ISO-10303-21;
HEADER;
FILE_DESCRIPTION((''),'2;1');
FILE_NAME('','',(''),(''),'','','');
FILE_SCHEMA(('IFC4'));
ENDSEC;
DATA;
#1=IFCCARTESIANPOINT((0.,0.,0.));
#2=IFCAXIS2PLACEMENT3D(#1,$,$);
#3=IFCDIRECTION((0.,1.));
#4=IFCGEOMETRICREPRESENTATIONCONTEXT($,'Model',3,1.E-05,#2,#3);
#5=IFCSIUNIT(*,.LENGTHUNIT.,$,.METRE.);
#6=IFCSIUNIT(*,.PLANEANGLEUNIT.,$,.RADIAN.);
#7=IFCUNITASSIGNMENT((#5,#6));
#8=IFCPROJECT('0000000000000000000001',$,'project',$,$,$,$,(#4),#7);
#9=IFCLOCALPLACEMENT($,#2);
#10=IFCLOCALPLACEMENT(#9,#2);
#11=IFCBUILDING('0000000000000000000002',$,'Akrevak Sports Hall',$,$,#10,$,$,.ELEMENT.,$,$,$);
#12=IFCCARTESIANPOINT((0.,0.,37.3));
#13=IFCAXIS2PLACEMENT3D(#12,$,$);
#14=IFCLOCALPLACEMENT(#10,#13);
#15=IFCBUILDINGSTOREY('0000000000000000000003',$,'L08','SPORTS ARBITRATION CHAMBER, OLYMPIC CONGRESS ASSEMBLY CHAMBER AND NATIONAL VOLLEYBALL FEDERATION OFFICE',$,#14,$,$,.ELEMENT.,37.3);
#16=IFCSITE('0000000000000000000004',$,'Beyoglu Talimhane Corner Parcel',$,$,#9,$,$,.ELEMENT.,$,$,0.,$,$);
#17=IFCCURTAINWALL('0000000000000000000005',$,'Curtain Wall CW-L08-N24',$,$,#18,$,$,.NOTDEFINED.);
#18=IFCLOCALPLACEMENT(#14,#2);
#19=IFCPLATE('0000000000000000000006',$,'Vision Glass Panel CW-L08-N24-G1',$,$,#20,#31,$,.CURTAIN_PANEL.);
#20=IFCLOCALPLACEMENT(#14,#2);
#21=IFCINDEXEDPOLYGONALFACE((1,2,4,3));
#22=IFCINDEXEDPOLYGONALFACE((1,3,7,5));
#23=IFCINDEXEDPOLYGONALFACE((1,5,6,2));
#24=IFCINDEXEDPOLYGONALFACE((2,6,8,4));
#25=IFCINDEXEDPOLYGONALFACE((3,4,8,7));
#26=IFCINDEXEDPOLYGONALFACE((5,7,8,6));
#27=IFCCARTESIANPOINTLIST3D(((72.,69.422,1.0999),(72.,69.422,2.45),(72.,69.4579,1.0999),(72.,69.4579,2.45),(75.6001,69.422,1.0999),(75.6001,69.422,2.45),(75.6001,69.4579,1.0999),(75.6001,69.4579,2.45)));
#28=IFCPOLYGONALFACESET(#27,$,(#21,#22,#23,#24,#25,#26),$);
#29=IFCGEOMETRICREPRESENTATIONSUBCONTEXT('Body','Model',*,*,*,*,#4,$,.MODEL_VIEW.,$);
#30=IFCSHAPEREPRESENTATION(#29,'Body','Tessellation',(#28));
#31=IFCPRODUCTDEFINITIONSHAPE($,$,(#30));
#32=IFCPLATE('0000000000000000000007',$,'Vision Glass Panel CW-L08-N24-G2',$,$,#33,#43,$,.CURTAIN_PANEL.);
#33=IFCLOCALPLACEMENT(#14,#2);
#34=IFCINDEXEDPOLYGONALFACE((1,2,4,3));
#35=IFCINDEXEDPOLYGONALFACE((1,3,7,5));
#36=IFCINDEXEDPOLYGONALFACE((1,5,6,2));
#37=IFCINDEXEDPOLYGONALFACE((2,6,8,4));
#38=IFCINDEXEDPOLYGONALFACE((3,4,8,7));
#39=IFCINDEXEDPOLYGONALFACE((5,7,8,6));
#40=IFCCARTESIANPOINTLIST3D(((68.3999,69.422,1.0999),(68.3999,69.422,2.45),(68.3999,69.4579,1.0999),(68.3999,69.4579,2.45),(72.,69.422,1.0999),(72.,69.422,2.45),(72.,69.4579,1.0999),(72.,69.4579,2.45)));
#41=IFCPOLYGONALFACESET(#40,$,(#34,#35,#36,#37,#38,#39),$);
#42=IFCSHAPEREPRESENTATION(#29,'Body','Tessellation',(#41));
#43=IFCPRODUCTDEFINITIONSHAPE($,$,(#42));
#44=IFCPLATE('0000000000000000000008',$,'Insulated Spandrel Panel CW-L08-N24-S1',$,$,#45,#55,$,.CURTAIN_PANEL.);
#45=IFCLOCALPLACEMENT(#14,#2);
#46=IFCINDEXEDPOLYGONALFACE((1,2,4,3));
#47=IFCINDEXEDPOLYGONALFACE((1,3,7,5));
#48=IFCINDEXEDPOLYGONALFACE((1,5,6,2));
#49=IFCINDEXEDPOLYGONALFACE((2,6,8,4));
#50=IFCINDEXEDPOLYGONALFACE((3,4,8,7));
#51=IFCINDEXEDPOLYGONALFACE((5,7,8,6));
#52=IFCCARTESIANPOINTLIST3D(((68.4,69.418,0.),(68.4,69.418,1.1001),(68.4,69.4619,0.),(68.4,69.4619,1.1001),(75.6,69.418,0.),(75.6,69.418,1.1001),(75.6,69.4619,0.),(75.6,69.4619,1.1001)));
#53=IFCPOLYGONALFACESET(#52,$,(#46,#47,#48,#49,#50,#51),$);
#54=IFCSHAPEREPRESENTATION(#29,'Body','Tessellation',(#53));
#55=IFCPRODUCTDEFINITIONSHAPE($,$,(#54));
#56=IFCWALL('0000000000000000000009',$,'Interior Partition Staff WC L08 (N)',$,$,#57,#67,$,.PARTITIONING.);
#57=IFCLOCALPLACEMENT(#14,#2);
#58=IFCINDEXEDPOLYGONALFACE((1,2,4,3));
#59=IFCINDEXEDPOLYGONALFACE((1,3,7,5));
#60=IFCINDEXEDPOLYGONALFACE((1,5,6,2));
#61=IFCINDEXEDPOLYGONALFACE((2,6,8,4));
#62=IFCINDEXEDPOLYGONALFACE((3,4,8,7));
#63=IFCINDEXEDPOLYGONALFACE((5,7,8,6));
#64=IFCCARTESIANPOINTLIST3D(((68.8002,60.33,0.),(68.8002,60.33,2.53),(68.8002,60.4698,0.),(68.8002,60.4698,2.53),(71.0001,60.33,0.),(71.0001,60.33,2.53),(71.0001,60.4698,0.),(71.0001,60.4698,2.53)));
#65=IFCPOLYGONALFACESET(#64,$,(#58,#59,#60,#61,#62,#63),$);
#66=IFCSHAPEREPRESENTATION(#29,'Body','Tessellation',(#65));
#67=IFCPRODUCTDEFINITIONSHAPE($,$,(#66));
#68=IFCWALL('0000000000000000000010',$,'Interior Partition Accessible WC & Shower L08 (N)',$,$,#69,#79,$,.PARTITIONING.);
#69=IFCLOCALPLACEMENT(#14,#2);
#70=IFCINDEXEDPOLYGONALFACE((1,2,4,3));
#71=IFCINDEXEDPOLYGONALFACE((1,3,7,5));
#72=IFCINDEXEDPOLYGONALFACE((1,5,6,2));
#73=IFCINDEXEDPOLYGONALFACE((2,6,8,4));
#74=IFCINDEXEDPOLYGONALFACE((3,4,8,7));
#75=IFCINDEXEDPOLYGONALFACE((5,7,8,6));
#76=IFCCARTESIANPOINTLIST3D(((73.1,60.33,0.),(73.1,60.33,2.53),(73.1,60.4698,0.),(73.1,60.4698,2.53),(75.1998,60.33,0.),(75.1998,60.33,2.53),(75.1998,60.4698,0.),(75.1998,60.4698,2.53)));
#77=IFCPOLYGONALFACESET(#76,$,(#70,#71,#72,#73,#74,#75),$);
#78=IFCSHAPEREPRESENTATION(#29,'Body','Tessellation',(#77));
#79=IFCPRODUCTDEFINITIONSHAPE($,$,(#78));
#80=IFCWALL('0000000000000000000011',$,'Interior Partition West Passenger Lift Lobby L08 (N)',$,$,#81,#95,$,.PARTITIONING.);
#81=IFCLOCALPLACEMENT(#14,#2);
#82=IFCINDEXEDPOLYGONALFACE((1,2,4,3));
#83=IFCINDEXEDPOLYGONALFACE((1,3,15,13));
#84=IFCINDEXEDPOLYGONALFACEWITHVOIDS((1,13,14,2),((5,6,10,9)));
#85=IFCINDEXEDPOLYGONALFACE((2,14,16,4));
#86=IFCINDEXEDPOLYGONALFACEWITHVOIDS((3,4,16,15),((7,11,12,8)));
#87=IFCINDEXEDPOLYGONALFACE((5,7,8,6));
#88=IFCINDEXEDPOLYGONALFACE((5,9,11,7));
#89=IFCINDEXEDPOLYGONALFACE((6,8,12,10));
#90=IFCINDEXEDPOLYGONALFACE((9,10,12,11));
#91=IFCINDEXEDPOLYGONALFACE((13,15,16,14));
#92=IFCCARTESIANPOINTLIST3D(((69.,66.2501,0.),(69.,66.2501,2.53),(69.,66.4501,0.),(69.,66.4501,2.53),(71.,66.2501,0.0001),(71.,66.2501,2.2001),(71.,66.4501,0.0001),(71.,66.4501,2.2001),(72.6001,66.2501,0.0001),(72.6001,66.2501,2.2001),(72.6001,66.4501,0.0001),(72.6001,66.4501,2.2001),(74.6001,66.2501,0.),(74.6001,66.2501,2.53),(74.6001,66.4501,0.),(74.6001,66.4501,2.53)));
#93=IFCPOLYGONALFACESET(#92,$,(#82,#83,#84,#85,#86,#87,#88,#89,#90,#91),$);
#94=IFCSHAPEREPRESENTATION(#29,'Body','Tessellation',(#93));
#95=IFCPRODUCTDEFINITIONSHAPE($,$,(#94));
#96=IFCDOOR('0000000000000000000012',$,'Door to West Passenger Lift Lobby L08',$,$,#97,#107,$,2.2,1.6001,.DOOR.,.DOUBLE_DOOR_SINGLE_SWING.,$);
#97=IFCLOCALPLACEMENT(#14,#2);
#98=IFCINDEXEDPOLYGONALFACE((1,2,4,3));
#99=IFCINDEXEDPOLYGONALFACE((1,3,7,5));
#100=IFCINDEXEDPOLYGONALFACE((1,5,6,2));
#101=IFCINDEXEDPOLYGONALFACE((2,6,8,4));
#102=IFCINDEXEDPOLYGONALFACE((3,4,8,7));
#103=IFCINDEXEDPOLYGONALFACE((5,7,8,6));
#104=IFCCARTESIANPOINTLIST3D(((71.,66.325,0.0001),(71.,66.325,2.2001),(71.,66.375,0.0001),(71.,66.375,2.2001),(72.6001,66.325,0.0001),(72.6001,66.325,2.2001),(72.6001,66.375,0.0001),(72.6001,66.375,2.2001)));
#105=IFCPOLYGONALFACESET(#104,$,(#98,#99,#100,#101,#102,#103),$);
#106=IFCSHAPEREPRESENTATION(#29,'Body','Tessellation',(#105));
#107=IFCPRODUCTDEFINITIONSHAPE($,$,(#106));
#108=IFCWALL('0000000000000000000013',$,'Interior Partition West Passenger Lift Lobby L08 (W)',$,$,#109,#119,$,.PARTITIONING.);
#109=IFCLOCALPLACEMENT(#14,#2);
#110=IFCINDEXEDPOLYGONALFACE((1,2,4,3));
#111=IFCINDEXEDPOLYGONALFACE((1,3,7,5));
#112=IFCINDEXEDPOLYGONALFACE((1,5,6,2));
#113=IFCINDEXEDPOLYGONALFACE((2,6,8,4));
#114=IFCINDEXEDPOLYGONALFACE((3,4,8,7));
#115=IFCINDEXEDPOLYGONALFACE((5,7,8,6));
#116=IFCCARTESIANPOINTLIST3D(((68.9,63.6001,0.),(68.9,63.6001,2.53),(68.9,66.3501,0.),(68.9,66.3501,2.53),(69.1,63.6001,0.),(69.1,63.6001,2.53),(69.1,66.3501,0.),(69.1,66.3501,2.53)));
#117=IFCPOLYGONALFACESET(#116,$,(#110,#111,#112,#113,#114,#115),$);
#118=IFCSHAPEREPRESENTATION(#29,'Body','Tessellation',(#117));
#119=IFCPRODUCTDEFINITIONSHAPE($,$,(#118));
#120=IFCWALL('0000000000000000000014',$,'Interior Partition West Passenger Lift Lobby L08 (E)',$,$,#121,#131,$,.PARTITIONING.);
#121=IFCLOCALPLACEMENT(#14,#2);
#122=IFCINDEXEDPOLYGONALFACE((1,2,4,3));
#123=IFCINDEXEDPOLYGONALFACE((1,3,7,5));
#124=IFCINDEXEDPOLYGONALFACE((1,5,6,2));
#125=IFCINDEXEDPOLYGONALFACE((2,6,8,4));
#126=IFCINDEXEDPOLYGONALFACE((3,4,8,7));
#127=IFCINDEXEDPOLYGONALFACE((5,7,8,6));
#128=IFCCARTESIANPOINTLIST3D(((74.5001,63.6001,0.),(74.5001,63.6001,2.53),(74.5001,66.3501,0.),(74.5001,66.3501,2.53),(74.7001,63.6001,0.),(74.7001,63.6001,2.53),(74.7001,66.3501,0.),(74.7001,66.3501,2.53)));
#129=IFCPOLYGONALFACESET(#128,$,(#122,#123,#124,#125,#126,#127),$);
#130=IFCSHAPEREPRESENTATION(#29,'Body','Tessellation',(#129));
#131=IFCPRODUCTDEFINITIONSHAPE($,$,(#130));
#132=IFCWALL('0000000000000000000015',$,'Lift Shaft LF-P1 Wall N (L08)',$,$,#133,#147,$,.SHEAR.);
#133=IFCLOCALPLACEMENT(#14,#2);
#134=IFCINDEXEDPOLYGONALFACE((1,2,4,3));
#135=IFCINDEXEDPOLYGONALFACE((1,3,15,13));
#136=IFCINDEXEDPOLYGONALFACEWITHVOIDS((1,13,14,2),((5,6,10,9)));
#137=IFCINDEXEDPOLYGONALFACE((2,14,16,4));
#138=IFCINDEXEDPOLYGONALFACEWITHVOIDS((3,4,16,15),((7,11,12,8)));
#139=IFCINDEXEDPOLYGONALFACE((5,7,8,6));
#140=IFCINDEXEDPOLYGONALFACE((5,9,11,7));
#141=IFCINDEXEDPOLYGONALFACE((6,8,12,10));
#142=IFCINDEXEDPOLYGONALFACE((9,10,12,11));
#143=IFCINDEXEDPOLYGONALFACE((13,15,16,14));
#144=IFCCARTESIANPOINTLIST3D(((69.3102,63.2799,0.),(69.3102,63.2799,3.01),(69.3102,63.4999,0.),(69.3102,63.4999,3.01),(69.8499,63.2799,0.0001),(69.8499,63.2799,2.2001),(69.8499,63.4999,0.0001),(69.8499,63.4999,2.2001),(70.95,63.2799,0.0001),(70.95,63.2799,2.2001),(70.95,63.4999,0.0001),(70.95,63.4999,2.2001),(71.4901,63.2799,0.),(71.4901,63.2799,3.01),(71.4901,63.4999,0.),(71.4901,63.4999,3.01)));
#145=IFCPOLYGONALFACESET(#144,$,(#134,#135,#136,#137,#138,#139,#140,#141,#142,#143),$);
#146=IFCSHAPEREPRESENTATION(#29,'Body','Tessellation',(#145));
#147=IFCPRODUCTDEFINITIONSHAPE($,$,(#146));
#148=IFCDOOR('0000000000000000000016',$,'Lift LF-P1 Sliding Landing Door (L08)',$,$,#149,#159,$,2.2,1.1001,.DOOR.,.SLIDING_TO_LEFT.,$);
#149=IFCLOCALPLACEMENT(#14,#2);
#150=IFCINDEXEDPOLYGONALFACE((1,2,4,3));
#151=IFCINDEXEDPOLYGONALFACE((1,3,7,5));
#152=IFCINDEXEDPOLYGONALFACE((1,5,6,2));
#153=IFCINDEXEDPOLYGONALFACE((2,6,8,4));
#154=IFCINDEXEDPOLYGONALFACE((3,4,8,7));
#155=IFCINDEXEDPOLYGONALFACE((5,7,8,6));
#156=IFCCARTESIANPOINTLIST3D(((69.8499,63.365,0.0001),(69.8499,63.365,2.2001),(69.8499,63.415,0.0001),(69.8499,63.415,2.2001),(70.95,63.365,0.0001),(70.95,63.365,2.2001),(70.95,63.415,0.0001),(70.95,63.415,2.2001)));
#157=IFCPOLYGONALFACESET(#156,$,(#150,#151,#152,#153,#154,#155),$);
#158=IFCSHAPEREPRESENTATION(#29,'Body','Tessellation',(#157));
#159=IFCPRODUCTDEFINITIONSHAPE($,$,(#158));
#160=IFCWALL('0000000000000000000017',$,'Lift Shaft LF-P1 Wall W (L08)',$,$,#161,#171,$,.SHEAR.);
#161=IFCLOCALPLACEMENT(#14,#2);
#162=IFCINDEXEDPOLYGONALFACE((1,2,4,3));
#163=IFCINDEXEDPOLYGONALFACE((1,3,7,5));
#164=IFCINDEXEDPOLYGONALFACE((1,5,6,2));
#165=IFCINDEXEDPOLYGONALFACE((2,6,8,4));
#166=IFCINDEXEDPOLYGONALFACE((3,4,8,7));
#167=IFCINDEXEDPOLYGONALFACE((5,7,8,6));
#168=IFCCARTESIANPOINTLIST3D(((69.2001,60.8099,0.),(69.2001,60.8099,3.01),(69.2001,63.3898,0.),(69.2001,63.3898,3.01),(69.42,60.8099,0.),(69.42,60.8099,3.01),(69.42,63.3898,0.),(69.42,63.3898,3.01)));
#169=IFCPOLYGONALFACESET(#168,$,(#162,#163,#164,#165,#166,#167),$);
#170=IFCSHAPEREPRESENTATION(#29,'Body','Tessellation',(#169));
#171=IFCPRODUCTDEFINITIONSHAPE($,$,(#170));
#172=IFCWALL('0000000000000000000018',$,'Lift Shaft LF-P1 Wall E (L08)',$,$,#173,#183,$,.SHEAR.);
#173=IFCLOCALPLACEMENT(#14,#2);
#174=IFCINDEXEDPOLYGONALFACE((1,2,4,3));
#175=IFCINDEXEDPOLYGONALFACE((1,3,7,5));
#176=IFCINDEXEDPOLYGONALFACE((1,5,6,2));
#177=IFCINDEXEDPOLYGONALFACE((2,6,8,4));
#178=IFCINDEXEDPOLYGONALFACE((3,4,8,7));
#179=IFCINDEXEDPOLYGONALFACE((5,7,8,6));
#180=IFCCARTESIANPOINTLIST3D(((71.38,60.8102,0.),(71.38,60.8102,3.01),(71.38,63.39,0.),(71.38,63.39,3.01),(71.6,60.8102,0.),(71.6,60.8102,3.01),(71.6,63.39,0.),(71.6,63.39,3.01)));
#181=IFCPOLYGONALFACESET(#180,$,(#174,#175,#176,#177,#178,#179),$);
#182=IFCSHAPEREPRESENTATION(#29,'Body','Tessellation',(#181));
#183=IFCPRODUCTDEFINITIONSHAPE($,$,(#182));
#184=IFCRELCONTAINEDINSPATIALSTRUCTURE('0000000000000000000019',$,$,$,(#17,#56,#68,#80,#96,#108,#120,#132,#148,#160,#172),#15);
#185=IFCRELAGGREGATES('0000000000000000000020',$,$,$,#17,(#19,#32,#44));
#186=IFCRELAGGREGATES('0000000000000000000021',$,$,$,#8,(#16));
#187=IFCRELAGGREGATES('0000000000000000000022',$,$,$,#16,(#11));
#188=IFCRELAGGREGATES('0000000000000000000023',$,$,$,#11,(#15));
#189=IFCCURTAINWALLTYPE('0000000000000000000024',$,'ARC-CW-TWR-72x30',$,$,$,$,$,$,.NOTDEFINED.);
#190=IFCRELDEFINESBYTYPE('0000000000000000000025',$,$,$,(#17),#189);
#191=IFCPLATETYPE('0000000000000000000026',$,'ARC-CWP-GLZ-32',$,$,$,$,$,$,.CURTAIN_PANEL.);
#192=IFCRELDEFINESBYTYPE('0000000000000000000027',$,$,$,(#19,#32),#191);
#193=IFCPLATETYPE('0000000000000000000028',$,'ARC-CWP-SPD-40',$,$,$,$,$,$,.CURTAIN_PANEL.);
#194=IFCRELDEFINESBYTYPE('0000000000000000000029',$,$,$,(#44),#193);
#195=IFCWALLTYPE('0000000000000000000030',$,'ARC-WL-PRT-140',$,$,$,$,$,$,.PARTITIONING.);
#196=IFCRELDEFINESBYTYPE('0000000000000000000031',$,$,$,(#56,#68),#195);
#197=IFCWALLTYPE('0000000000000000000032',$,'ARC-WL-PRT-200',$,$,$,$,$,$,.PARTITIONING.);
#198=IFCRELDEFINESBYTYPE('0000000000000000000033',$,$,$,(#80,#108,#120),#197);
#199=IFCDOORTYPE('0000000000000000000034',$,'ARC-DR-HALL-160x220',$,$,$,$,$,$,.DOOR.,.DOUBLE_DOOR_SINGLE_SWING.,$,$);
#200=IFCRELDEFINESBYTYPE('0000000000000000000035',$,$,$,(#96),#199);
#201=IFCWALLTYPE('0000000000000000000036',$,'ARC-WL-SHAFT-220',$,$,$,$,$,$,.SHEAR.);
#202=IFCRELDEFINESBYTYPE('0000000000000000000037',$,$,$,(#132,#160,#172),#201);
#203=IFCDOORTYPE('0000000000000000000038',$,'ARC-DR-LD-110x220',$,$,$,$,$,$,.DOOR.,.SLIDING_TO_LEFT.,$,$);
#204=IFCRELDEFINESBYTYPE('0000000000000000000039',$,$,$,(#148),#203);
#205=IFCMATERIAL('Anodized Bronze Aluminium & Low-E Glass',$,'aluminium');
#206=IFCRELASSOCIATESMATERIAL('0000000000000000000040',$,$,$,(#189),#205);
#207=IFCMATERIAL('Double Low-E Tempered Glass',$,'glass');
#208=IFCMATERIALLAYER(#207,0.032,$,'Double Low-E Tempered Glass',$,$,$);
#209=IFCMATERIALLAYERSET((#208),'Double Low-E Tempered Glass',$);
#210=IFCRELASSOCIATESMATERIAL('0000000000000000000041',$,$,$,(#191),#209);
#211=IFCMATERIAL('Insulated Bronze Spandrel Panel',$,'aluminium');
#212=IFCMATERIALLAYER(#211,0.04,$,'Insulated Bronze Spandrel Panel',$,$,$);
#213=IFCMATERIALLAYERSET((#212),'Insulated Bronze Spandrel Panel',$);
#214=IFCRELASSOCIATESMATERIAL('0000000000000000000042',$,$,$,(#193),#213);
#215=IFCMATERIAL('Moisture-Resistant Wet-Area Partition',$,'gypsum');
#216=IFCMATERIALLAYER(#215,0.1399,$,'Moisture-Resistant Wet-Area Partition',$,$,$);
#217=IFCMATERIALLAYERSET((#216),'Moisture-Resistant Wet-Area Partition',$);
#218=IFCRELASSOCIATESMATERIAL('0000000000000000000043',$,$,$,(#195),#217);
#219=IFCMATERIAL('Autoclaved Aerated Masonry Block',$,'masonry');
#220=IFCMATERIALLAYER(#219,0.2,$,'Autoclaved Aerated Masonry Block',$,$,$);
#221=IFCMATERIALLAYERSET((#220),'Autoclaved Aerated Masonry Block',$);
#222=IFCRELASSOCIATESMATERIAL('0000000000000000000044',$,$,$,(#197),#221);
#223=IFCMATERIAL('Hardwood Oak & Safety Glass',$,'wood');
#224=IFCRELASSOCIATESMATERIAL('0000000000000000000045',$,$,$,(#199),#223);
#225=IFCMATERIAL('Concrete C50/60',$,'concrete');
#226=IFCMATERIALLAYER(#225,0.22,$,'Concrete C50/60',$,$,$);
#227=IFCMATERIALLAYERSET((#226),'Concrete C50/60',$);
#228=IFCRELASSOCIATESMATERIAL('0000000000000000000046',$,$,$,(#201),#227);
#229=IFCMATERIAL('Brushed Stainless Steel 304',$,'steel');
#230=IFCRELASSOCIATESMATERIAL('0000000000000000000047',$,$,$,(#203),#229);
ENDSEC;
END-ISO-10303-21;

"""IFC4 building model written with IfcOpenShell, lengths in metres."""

from ifc_helpers import new_model, si_unit, direction, frame, frame_2d, origin, origin_2d, place, context, subcontext, project, spatial, rectangle, extrude, material, layer, layer_set, type_object, element, fill, aggregate, save


model = new_model("IFC4")

# Units and contexts
model_context = context("Model", 3, precision=1e-05, world=origin(), true_north=direction((0.0, 1.0)))
body_context = subcontext(model_context, "Body", "Model", "MODEL_VIEW")
ifc_project = project(units=[si_unit("LENGTHUNIT", "METRE"), si_unit("PLANEANGLEUNIT", "RADIAN")], contexts=[model_context])

# Site, building, storey
site_placement = place(None, origin())
site = spatial("IfcSite", under=ifc_project, at=site_placement, Name="Beyoglu Talimhane Corner Parcel", CompositionType="ELEMENT", RefElevation=0.0)
building_placement = place(site_placement, origin())
building = spatial("IfcBuilding", under=site, at=building_placement, Name="Akrevak Sports Hall", CompositionType="ELEMENT")
storey_placement = place(building_placement, frame((0.0, 0.0, 37.3)))
storey = spatial("IfcBuildingStorey", under=building, at=storey_placement, Name="L08", Description="SPORTS ARBITRATION CHAMBER, OLYMPIC CONGRESS ASSEMBLY CHAMBER AND NATIONAL VOLLEYBALL FEDERATION OFFICE", CompositionType="ELEMENT", Elevation=37.3)

# Shared definitions
ifc_material_1 = material(Name="Anodized Bronze Aluminium & Low-E Glass", Category="aluminium")
curtain_wall_type = type_object("IfcCurtainWallType", Name="ARC-CW-TWR-72x30", PredefinedType="NOTDEFINED", material=ifc_material_1)

# Curtain wall
curtain_wall_1_placement = place(storey_placement, origin())
curtain_wall_1 = element("IfcCurtainWall", 1, at=curtain_wall_1_placement, inside=storey, type_object=curtain_wall_type, Name="Curtain Wall CW-L08-N24", PredefinedType="NOTDEFINED")

# Plates
ifc_material_2 = material(Name="Double Low-E Tempered Glass", Category="glass")
ifc_layer_1 = layer(ifc_material_2, 0.032, Name="Double Low-E Tempered Glass")
ifc_layer_set_1 = layer_set([ifc_layer_1], Name="Double Low-E Tempered Glass")
plate_type_1 = type_object("IfcPlateType", Name="ARC-CWP-GLZ-32", PredefinedType="CURTAIN_PANEL", material=ifc_layer_set_1)
plate_1_placement = place(storey_placement, frame((73.8, 69.4399, 1.0999), z_axis=(0.0, 0.0, 1.0), x_axis=(-1.0, 0.0, 0.0)))
plate_1 = element("IfcPlate", 2, at=plate_1_placement, type_object=plate_type_1, Name="Vision Glass Panel CW-L08-N24-G1", PredefinedType="CURTAIN_PANEL", context=body_context, shape_type="SweptSolid", body=[
    extrude(rectangle(XDim=3.6001, YDim=0.0359, at=origin_2d()), origin(), (0.0, 0.0, 1.0), 1.3501),
])
plate_2_placement = place(storey_placement, frame((70.2, 69.4399, 1.0999), z_axis=(0.0, 0.0, 1.0), x_axis=(-1.0, 0.0, 0.0)))
plate_2 = element("IfcPlate", 3, at=plate_2_placement, type_object=plate_type_1, Name="Vision Glass Panel CW-L08-N24-G2", PredefinedType="CURTAIN_PANEL", context=body_context, shape_type="SweptSolid", body=[
    extrude(rectangle(XDim=3.6001, YDim=0.0359, at=origin_2d()), origin(), (0.0, 0.0, 1.0), 1.3501),
])
ifc_material_3 = material(Name="Insulated Bronze Spandrel Panel", Category="aluminium")
ifc_layer_2 = layer(ifc_material_3, 0.04, Name="Insulated Bronze Spandrel Panel")
ifc_layer_set_2 = layer_set([ifc_layer_2], Name="Insulated Bronze Spandrel Panel")
plate_type_2 = type_object("IfcPlateType", Name="ARC-CWP-SPD-40", PredefinedType="CURTAIN_PANEL", material=ifc_layer_set_2)
plate_3_placement = place(storey_placement, frame((72.0, 69.4399, 0.0), z_axis=(0.0, 0.0, 1.0), x_axis=(-1.0, 0.0, 0.0)))
plate_3 = element("IfcPlate", 4, at=plate_3_placement, type_object=plate_type_2, Name="Insulated Spandrel Panel CW-L08-N24-S1", PredefinedType="CURTAIN_PANEL", context=body_context, shape_type="SweptSolid", body=[
    extrude(rectangle(XDim=7.2, YDim=0.0439, at=origin_2d()), origin(), (0.0, 0.0, 1.0), 1.1001),
])
aggregate(curtain_wall_1, [plate_1, plate_2, plate_3])

# Walls
ifc_material_4 = material(Name="Moisture-Resistant Wet-Area Partition", Category="gypsum")
ifc_layer_3 = layer(ifc_material_4, 0.1399, Name="Moisture-Resistant Wet-Area Partition")
ifc_layer_set_3 = layer_set([ifc_layer_3], Name="Moisture-Resistant Wet-Area Partition")
wall_type_1 = type_object("IfcWallType", Name="ARC-WL-PRT-140", PredefinedType="PARTITIONING", material=ifc_layer_set_3)
wall_1_placement = place(storey_placement, frame((68.8, 60.3999, 0.0), z_axis=(0.0, 0.0, 1.0), x_axis=(1.0, 0.0, 0.0)))
element("IfcWall", 5, at=wall_1_placement, inside=storey, type_object=wall_type_1, Name="Interior Partition Staff WC L08 (N)", PredefinedType="PARTITIONING", context=body_context, shape_type="SweptSolid", body=[
    extrude(rectangle(XDim=2.2, YDim=0.1399, at=frame_2d((1.1001, 0.0))), origin(), (0.0, 0.0, 1.0), 2.53),
])
wall_2_placement = place(storey_placement, frame((73.1001, 60.3999, 0.0), z_axis=(0.0, 0.0, 1.0), x_axis=(1.0, 0.0, 0.0)))
element("IfcWall", 6, at=wall_2_placement, inside=storey, type_object=wall_type_1, Name="Interior Partition Accessible WC & Shower L08 (N)", PredefinedType="PARTITIONING", context=body_context, shape_type="SweptSolid", body=[
    extrude(rectangle(XDim=2.0999, YDim=0.1399, at=frame_2d((1.0498, 0.0))), origin(), (0.0, 0.0, 1.0), 2.53),
])

# Wall, opening, door
ifc_material_5 = material(Name="Autoclaved Aerated Masonry Block", Category="masonry")
ifc_layer_4 = layer(ifc_material_5, 0.2, Name="Autoclaved Aerated Masonry Block")
ifc_layer_set_4 = layer_set([ifc_layer_4], Name="Autoclaved Aerated Masonry Block")
wall_type_2 = type_object("IfcWallType", Name="ARC-WL-PRT-200", PredefinedType="PARTITIONING", material=ifc_layer_set_4)
wall_3_placement = place(storey_placement, frame((69.0, 66.3501, 0.0), z_axis=(0.0, 0.0, 1.0), x_axis=(1.0, 0.0, 0.0)))
wall_3 = element("IfcWall", 7, at=wall_3_placement, inside=storey, type_object=wall_type_2, Name="Interior Partition West Passenger Lift Lobby L08 (N)", PredefinedType="PARTITIONING", context=body_context, shape_type="SweptSolid", body=[
    extrude(rectangle(XDim=5.6001, YDim=0.2, at=frame_2d((2.8, 0.0))), origin(), (0.0, 0.0, 1.0), 2.53),
])
opening_1_placement = place(wall_3_placement, frame((2.0, 0.0, 0.0)))
opening_1 = element("IfcOpeningElement", 8, at=opening_1_placement, cuts=wall_3, PredefinedType="OPENING", context=body_context, shape_type="SweptSolid", body=[
    extrude(rectangle(XDim=1.6001, YDim=2.2, at=frame_2d((0.8, 1.1001))), frame((0.0, 0.1118, 0.0), z_axis=(0.0, -1.0, 0.0), x_axis=(1.0, 0.0, 0.0)), (0.0, 0.0, 1.0), 0.2239),
])
ifc_material_6 = material(Name="Hardwood Oak & Safety Glass", Category="wood")
door_type_1 = type_object("IfcDoorType", Name="ARC-DR-HALL-160x220", OperationType="DOUBLE_DOOR_SINGLE_SWING", PredefinedType="DOOR", material=ifc_material_6)
door_1_placement = place(opening_1_placement, origin())
door_1 = element("IfcDoor", 9, at=door_1_placement, inside=storey, type_object=door_type_1, Name="Door to West Passenger Lift Lobby L08", OperationType="DOUBLE_DOOR_SINGLE_SWING", OverallHeight=2.2, OverallWidth=1.6001, PredefinedType="DOOR", context=body_context, shape_type="SweptSolid", body=[
    extrude(rectangle(XDim=1.6001, YDim=2.2, at=frame_2d((0.8, 1.1001))), frame((0.0, 0.0249, 0.0), z_axis=(0.0, -1.0, 0.0), x_axis=(1.0, 0.0, 0.0)), (0.0, 0.0, 1.0), 0.05),
])
fill(opening_1, door_1)

# Walls
for number, where, z_axis, x_axis, name in (
    (10, (69.0, 63.6001, 0.0), (0.0, 0.0, 1.0), (0.0, 1.0, 0.0), "Interior Partition West Passenger Lift Lobby L08 (W)"),
    (11, (74.6001, 63.6001, 0.0), (0.0, 0.0, 1.0), (0.0, 1.0, 0.0), "Interior Partition West Passenger Lift Lobby L08 (E)"),
):
    element("IfcWall", number, at=place(storey_placement, frame(where, z_axis=z_axis, x_axis=x_axis)), inside=storey, type_object=wall_type_2, Name=name, PredefinedType="PARTITIONING", context=body_context, shape_type="SweptSolid", body=[
        extrude(rectangle(XDim=2.75, YDim=0.2, at=frame_2d((1.375, 0.0))), origin(), (0.0, 0.0, 1.0), 2.53),
    ])
ifc_material_7 = material(Name="Concrete C50/60", Category="concrete")
ifc_layer_5 = layer(ifc_material_7, 0.22, Name="Concrete C50/60")
ifc_layer_set_5 = layer_set([ifc_layer_5], Name="Concrete C50/60")
wall_type_3 = type_object("IfcWallType", Name="ARC-WL-SHAFT-220", PredefinedType="SHEAR", material=ifc_layer_set_5)

# Wall, opening, door
wall_4_placement = place(storey_placement, frame((71.49, 63.3899, 0.0), z_axis=(0.0, 0.0, 1.0), x_axis=(-1.0, 0.0, 0.0)))
wall_4 = element("IfcWall", 12, at=wall_4_placement, inside=storey, type_object=wall_type_3, Name="Lift Shaft LF-P1 Wall N (L08)", PredefinedType="SHEAR", context=body_context, shape_type="SweptSolid", body=[
    extrude(rectangle(XDim=2.1799, YDim=0.22, at=frame_2d((1.0898, 0.0))), origin(), (0.0, 0.0, 1.0), 3.01),
])
opening_2_placement = place(wall_4_placement, frame((0.54, 0.0, 0.0)))
opening_2 = element("IfcOpeningElement", 13, at=opening_2_placement, cuts=wall_4, PredefinedType="OPENING", context=body_context, shape_type="SweptSolid", body=[
    extrude(rectangle(XDim=1.1001, YDim=2.2, at=frame_2d((0.55, 1.1001))), frame((0.0, 0.1221, 0.0), z_axis=(0.0, -1.0, 0.0), x_axis=(1.0, 0.0, 0.0)), (0.0, 0.0, 1.0), 0.2439),
])
ifc_material_8 = material(Name="Brushed Stainless Steel 304", Category="steel")
door_type_2 = type_object("IfcDoorType", Name="ARC-DR-LD-110x220", OperationType="SLIDING_TO_LEFT", PredefinedType="DOOR", material=ifc_material_8)
door_2_placement = place(opening_2_placement, origin())
door_2 = element("IfcDoor", 14, at=door_2_placement, inside=storey, type_object=door_type_2, Name="Lift LF-P1 Sliding Landing Door (L08)", OperationType="SLIDING_TO_LEFT", OverallHeight=2.2, OverallWidth=1.1001, PredefinedType="DOOR", context=body_context, shape_type="SweptSolid", body=[
    extrude(rectangle(XDim=1.1001, YDim=2.2, at=frame_2d((0.55, 1.1001))), frame((0.0, 0.0249, 0.0), z_axis=(0.0, -1.0, 0.0), x_axis=(1.0, 0.0, 0.0)), (0.0, 0.0, 1.0), 0.05),
])
fill(opening_2, door_2)

# Walls
for number, where, z_axis, x_axis, name in (
    (15, (69.3101, 63.3899, 0.0), (0.0, 0.0, 1.0), (0.0, -1.0, 0.0), "Lift Shaft LF-P1 Wall W (L08)"),
    (16, (71.49, 60.8101, 0.0), (0.0, 0.0, 1.0), (0.0, 1.0, 0.0), "Lift Shaft LF-P1 Wall E (L08)"),
):
    element("IfcWall", number, at=place(storey_placement, frame(where, z_axis=z_axis, x_axis=x_axis)), inside=storey, type_object=wall_type_3, Name=name, PredefinedType="SHEAR", context=body_context, shape_type="SweptSolid", body=[
        extrude(rectangle(XDim=2.5798, YDim=0.22, at=frame_2d((1.29, 0.0))), origin(), (0.0, 0.0, 1.0), 3.01),
    ])

save(model, "model.ifc")
